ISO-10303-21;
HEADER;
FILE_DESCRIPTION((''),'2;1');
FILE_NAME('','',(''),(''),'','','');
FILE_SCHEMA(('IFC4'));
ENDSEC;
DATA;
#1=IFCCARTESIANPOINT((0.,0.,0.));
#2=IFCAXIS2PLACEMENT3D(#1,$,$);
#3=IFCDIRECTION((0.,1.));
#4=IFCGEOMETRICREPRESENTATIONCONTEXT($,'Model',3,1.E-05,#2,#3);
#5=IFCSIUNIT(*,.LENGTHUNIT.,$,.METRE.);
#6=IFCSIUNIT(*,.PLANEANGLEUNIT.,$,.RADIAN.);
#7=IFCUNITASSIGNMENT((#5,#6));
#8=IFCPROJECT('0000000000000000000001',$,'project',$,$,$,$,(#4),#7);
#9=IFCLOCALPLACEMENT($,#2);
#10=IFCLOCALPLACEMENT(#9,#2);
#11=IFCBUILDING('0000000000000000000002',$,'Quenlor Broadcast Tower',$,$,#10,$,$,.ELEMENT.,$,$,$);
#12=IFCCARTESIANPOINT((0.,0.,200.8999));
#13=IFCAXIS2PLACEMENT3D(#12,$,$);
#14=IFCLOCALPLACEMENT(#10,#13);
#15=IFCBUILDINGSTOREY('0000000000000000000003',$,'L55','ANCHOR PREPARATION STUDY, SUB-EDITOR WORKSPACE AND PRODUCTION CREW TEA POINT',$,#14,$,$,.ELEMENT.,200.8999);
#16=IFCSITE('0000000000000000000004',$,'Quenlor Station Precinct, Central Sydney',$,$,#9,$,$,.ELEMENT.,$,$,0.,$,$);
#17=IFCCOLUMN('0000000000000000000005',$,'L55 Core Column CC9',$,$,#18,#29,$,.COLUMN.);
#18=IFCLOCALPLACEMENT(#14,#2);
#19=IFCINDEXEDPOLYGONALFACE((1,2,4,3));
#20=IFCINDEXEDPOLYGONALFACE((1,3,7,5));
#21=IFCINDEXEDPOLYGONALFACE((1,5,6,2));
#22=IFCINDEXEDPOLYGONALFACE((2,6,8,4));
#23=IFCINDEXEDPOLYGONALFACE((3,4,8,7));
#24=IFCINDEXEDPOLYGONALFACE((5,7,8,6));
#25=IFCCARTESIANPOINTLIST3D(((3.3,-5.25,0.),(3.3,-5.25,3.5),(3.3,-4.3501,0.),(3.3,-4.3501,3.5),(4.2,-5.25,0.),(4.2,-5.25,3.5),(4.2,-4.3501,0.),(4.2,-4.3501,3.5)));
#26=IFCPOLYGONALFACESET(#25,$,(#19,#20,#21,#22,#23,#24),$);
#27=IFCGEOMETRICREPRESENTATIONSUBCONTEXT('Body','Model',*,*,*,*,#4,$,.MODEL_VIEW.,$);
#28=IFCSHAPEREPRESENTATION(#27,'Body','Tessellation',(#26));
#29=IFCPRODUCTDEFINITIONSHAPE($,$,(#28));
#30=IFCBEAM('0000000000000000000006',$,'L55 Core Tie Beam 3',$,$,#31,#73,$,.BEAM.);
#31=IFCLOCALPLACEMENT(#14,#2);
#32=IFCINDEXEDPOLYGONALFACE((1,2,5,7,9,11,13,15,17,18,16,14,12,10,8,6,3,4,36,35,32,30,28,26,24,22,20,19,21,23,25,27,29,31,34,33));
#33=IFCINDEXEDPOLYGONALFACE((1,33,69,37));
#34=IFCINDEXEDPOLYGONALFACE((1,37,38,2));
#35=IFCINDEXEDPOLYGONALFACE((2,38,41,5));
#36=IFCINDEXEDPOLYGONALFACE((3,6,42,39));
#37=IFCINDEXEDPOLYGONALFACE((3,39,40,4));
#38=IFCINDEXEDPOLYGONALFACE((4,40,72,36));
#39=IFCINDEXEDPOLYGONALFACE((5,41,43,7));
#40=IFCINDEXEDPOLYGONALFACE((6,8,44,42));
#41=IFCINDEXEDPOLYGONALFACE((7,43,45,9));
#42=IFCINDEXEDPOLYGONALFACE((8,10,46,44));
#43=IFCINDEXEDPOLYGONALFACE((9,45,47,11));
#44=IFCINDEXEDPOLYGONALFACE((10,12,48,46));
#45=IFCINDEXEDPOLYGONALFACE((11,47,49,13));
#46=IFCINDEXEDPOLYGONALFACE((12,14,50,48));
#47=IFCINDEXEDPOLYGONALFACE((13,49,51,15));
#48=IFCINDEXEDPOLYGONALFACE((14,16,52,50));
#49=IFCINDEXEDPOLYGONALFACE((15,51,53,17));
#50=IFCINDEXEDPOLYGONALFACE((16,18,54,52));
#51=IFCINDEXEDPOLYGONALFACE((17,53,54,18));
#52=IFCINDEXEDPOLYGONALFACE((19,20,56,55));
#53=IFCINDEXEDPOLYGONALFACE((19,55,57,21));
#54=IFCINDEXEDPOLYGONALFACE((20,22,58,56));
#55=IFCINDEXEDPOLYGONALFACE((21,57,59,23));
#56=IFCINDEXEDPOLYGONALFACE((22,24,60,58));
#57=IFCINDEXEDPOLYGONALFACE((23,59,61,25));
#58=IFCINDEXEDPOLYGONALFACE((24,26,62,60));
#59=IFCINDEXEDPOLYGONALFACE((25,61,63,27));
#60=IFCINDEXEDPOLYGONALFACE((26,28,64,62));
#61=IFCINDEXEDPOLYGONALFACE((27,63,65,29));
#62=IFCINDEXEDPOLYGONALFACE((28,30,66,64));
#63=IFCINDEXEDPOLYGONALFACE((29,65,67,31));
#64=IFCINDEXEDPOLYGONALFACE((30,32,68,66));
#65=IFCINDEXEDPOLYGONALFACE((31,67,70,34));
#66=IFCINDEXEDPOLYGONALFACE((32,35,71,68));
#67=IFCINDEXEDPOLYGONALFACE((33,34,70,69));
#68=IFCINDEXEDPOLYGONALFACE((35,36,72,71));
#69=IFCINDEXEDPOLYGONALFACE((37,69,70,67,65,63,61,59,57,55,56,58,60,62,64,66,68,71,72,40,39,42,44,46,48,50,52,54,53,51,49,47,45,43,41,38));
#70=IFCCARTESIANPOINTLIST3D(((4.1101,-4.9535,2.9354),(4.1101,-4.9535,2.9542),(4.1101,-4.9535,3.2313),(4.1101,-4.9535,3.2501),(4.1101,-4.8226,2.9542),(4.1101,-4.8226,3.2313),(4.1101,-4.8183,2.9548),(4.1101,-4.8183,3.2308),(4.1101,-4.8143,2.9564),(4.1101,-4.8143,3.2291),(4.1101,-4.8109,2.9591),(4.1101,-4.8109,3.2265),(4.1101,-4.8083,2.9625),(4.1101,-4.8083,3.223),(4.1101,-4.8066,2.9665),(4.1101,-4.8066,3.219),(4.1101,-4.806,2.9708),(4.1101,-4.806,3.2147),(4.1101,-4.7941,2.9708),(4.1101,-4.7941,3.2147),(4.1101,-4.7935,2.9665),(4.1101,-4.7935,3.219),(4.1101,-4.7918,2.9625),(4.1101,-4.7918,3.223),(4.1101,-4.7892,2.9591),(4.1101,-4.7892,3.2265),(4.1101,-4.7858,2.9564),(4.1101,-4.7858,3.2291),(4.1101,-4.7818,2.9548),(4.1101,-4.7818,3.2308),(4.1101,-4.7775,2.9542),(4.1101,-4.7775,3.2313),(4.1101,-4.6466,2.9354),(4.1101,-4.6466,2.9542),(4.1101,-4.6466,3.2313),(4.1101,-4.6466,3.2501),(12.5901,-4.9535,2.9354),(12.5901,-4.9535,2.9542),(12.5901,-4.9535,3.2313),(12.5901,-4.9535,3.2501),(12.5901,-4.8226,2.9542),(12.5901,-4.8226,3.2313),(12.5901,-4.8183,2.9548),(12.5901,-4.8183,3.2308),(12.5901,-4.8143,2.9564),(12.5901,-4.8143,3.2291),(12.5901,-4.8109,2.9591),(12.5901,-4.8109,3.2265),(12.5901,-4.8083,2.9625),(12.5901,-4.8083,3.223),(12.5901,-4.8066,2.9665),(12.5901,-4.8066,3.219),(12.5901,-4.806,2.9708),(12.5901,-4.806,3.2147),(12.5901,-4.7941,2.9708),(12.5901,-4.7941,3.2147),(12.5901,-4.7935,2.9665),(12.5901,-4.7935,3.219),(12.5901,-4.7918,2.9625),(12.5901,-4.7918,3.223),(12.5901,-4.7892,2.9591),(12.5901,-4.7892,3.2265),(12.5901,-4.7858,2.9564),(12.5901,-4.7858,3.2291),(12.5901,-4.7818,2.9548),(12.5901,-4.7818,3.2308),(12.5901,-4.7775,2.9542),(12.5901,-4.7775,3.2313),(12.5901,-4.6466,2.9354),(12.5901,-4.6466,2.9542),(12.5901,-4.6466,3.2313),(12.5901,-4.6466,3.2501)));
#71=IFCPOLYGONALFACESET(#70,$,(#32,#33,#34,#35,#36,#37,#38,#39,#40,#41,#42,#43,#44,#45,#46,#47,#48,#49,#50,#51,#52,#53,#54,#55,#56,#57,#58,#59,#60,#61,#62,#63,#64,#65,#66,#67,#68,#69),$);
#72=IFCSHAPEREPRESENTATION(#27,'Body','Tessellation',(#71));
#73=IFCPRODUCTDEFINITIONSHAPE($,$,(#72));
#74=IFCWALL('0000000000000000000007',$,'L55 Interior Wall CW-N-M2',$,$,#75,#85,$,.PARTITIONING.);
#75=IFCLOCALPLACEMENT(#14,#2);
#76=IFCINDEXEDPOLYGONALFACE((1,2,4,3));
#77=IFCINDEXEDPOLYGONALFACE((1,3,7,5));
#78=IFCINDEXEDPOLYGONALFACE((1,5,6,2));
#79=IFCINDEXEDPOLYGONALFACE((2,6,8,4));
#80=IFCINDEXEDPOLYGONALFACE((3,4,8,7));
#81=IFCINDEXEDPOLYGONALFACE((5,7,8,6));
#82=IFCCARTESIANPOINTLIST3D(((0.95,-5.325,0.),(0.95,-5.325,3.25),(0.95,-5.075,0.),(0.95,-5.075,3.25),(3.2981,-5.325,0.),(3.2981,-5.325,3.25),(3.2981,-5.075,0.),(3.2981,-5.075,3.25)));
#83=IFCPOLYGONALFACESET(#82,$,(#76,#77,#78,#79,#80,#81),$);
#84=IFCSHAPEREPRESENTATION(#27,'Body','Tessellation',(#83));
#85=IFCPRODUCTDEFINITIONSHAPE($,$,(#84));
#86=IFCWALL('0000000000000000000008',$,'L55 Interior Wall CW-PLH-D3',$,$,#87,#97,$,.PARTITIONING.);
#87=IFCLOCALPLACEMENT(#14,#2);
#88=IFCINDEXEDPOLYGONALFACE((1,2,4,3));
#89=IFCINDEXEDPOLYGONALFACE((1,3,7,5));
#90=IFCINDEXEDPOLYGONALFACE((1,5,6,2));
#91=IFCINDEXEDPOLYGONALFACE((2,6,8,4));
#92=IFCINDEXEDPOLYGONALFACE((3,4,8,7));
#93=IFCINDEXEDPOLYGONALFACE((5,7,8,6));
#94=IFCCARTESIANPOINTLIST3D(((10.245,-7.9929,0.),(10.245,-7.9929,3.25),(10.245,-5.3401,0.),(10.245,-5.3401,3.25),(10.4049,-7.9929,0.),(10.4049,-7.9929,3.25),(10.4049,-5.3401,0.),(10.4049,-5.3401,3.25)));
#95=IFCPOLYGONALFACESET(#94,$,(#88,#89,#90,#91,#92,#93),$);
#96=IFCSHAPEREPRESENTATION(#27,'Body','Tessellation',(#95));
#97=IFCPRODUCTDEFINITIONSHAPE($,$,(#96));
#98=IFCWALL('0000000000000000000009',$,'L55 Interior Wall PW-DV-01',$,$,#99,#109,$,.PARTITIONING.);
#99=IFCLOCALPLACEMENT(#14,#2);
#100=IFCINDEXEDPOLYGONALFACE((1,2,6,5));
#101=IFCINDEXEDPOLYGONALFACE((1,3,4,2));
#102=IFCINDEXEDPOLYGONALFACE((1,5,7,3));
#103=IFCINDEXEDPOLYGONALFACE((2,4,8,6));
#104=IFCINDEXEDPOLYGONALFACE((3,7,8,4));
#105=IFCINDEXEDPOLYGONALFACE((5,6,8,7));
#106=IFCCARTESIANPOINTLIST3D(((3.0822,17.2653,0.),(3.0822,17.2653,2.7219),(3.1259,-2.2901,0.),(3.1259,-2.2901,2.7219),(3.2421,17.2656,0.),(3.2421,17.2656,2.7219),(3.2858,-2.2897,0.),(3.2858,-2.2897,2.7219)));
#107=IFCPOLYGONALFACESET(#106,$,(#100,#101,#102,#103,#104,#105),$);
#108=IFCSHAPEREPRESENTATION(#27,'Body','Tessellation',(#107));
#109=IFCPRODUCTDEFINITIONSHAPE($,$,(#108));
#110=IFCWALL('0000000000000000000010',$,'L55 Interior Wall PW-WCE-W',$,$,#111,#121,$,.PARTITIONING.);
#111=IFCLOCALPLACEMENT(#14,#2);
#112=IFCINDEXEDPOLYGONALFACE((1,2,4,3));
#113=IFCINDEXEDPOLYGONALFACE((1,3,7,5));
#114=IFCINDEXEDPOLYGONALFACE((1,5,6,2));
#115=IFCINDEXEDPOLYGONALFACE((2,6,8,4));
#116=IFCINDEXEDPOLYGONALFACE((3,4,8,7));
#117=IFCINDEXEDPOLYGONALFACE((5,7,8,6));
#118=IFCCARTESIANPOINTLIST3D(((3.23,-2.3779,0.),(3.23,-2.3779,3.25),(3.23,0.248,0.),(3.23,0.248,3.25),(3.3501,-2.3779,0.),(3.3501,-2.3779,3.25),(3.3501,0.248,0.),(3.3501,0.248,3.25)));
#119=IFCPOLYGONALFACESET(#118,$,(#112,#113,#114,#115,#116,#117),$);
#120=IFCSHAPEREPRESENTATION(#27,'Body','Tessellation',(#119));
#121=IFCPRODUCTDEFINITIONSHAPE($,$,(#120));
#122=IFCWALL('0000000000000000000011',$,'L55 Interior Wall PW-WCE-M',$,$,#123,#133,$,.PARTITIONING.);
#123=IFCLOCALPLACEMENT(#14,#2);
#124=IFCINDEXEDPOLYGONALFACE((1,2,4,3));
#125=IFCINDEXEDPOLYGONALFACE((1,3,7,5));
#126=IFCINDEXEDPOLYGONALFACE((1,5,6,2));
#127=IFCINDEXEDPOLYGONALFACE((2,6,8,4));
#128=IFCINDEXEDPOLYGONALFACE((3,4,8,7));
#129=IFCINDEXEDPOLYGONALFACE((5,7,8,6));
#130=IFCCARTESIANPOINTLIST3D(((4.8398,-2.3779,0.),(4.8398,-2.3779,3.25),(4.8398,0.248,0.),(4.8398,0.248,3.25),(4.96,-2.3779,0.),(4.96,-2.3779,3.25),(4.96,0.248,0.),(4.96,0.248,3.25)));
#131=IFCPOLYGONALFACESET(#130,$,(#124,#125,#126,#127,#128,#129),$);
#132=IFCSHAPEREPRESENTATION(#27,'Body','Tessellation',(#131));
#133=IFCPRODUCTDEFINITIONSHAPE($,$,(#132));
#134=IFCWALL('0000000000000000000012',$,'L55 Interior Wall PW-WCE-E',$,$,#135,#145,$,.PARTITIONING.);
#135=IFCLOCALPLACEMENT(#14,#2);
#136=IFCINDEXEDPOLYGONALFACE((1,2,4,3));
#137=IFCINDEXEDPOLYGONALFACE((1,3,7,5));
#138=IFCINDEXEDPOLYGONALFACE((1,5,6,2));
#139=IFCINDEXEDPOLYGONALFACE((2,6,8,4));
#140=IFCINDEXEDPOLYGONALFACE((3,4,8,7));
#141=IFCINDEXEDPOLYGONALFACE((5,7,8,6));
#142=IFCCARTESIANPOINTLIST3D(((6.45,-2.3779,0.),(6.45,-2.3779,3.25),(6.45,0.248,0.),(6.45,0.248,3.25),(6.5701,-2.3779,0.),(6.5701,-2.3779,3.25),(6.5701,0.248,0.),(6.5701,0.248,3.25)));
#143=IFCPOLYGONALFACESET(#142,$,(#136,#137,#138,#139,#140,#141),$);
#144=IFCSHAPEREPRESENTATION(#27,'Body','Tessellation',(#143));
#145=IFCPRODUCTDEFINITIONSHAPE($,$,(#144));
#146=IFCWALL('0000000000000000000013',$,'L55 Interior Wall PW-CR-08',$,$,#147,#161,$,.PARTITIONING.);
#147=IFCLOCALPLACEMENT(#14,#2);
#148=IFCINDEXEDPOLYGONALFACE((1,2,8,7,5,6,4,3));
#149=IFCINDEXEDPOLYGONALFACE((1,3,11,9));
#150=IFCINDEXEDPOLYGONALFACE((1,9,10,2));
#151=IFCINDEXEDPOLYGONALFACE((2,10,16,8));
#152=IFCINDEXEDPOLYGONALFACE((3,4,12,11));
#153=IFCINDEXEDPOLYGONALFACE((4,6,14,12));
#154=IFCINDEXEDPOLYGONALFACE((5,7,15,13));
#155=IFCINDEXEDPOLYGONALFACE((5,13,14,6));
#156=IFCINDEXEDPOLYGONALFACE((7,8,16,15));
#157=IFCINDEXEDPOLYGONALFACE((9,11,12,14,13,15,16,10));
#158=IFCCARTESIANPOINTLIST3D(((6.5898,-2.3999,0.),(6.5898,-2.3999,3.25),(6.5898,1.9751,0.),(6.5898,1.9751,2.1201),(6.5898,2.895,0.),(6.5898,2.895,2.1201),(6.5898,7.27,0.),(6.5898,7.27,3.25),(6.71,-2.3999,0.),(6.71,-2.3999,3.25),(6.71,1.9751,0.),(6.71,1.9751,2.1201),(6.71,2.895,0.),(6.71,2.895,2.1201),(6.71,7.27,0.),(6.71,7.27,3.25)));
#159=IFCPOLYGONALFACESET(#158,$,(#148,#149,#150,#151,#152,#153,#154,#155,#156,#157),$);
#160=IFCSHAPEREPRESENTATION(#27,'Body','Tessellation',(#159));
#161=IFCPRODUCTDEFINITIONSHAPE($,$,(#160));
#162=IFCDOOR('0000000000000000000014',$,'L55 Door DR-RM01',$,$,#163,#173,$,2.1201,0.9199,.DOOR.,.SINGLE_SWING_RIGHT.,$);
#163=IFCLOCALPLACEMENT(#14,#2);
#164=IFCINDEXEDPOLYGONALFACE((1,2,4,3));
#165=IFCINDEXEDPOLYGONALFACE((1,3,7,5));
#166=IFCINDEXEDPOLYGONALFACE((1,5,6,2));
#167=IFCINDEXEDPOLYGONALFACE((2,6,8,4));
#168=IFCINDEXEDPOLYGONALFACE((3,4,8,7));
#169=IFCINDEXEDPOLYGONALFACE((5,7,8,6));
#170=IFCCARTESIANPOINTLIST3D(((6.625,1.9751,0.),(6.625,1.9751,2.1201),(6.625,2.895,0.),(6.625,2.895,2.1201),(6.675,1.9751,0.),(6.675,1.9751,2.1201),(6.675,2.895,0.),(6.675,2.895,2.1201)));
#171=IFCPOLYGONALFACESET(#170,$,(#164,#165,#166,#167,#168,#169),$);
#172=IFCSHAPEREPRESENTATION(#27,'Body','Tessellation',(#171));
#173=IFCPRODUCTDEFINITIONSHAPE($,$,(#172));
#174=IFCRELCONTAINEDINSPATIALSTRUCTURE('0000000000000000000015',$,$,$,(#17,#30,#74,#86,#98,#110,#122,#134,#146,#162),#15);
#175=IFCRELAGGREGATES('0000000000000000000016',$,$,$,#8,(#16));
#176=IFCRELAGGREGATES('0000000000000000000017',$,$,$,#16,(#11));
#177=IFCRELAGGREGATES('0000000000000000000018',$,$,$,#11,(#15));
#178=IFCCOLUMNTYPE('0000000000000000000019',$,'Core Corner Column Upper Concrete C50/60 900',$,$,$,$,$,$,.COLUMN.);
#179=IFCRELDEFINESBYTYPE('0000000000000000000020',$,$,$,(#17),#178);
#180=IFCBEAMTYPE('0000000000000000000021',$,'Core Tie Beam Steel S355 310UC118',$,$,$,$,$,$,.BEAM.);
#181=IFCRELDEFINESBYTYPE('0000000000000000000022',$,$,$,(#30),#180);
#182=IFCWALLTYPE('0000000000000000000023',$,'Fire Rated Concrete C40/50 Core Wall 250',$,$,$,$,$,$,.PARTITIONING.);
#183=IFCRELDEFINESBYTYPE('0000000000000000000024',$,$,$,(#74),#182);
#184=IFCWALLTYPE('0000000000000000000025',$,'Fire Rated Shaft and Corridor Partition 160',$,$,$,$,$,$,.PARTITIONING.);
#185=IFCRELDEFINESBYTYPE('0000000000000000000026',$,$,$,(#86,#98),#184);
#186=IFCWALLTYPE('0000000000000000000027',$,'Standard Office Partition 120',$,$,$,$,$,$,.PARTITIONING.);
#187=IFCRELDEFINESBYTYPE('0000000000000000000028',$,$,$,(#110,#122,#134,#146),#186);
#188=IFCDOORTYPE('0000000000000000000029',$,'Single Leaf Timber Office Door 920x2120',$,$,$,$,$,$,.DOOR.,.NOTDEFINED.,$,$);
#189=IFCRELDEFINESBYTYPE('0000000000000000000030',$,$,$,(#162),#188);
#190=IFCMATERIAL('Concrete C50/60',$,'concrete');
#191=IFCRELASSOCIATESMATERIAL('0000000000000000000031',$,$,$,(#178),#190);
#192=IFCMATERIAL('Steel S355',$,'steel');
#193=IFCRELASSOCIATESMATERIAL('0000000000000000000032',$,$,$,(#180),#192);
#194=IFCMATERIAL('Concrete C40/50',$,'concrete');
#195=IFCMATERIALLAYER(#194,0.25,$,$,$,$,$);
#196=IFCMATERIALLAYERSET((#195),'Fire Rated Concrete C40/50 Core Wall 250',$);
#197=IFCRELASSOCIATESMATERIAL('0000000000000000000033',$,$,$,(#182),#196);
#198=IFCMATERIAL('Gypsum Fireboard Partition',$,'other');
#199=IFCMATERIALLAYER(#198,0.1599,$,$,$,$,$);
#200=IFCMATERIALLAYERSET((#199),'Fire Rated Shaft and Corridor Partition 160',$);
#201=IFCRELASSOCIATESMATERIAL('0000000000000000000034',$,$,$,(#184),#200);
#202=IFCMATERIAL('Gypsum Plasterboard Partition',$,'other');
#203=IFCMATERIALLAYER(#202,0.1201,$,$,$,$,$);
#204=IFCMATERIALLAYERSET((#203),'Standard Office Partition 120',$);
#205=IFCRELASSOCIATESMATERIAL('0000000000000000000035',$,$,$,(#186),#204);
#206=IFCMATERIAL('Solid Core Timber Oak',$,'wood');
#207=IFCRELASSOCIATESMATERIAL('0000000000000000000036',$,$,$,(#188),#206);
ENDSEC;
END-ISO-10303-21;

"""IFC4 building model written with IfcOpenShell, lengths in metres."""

from ifc_helpers import new_model, si_unit, direction, frame, frame_2d, origin, origin_2d, place, context, subcontext, project, spatial, rectangle, i_section, extrude, material, layer, layer_set, material_profile, profile_set, type_object, element, fill, save


model = new_model("IFC4")

# Units and contexts
model_context = context("Model", 3, precision=1e-05, world=origin(), true_north=direction((0.0, 1.0)))
body_context = subcontext(model_context, "Body", "Model", "MODEL_VIEW")
ifc_project = project(units=[si_unit("LENGTHUNIT", "METRE"), si_unit("PLANEANGLEUNIT", "RADIAN")], contexts=[model_context])

# Site, building, storey
site_placement = place(None, origin())
site = spatial("IfcSite", under=ifc_project, at=site_placement, Name="Quenlor Station Precinct, Central Sydney", CompositionType="ELEMENT", RefElevation=0.0)
building_placement = place(site_placement, origin())
building = spatial("IfcBuilding", under=site, at=building_placement, Name="Quenlor Broadcast Tower", CompositionType="ELEMENT")
storey_placement = place(building_placement, frame((0.0, 0.0, 200.8999)))
storey = spatial("IfcBuildingStorey", under=building, at=storey_placement, Name="L55", Description="ANCHOR PREPARATION STUDY, SUB-EDITOR WORKSPACE AND PRODUCTION CREW TEA POINT", CompositionType="ELEMENT", Elevation=200.8999)

# Column
ifc_material_1 = material(Name="Concrete C50/60", Category="concrete")
ifc_material_profile_1 = material_profile(ifc_material_1, rectangle(XDim=0.8999, YDim=0.8999, at=origin_2d()))
ifc_profile_set_1 = profile_set([ifc_material_profile_1], Name="Concrete C50/60 RC900x900")
column_type = type_object("IfcColumnType", Name="Core Corner Column Upper Concrete C50/60 900", PredefinedType="COLUMN", material=ifc_profile_set_1)
column_placement = place(storey_placement, frame((3.75, -4.8, 0.0), z_axis=(0.0, 0.0, 1.0), x_axis=(1.0, 0.0, 0.0)))
element("IfcColumn", 1, at=column_placement, inside=storey, type_object=column_type, Name="L55 Core Column CC9", PredefinedType="COLUMN", context=body_context, shape_type="SweptSolid", body=[
    extrude(rectangle(XDim=0.8999, YDim=0.8999, at=origin_2d()), origin(), (0.0, 0.0, 1.0), 3.5),
])

# Beam
ifc_material_2 = material(Name="Steel S355", Category="steel")
ifc_material_profile_2 = material_profile(ifc_material_2, i_section(OverallWidth=0.3069, OverallDepth=0.3147, WebThickness=0.012, FlangeThickness=0.0188, FilletRadius=0.0166, at=origin_2d()))
ifc_profile_set_2 = profile_set([ifc_material_profile_2], Name="Steel S355 310UC118")
beam_type = type_object("IfcBeamType", Name="Core Tie Beam Steel S355 310UC118", PredefinedType="BEAM", material=ifc_profile_set_2)
beam_placement = place(storey_placement, frame((4.1101, -4.8, 3.0928), z_axis=(1.0, 0.0, 0.0), x_axis=(0.0, 1.0, 0.0)))
element("IfcBeam", 2, at=beam_placement, inside=storey, type_object=beam_type, Name="L55 Core Tie Beam 3", PredefinedType="BEAM", context=body_context, shape_type="SweptSolid", body=[
    extrude(i_section(OverallWidth=0.3069, OverallDepth=0.3147, WebThickness=0.012, FlangeThickness=0.0188, FilletRadius=0.0166, at=origin_2d()), origin(), (0.0, 0.0, 1.0), 8.48),
])

# Shared definitions
ifc_material_3 = material(Name="Concrete C40/50", Category="concrete")
ifc_layer_1 = layer(ifc_material_3, 0.25)
ifc_layer_set_1 = layer_set([ifc_layer_1], Name="Fire Rated Concrete C40/50 Core Wall 250")
wall_type_1 = type_object("IfcWallType", Name="Fire Rated Concrete C40/50 Core Wall 250", PredefinedType="PARTITIONING", material=ifc_layer_set_1)

# Walls
wall_1_placement = place(storey_placement, frame((0.95, -5.2, 0.0), z_axis=(0.0, 0.0, 1.0), x_axis=(1.0, 0.0, 0.0)))
element("IfcWall", 3, at=wall_1_placement, inside=storey, type_object=wall_type_1, Name="L55 Interior Wall CW-N-M2", PredefinedType="PARTITIONING", context=body_context, shape_type="SweptSolid", body=[
    extrude(rectangle(XDim=2.3481, YDim=0.25, at=frame_2d((1.1741, 0.0))), origin(), (0.0, 0.0, 1.0), 3.25),
])
ifc_material_4 = material(Name="Gypsum Fireboard Partition", Category="other")
ifc_layer_2 = layer(ifc_material_4, 0.1599)
ifc_layer_set_2 = layer_set([ifc_layer_2], Name="Fire Rated Shaft and Corridor Partition 160")
wall_type_2 = type_object("IfcWallType", Name="Fire Rated Shaft and Corridor Partition 160", PredefinedType="PARTITIONING", material=ifc_layer_set_2)
wall_2_placement = place(storey_placement, frame((10.325, -7.9929, 0.0), z_axis=(0.0, 0.0, 1.0), x_axis=(0.0, 1.0, 0.0)))
element("IfcWall", 4, at=wall_2_placement, inside=storey, type_object=wall_type_2, Name="L55 Interior Wall CW-PLH-D3", PredefinedType="PARTITIONING", context=body_context, shape_type="SweptSolid", body=[
    extrude(rectangle(XDim=2.6528, YDim=0.1599, at=frame_2d((1.3264, 0.0))), origin(), (0.0, 0.0, 1.0), 3.25),
])
wall_3_placement = place(storey_placement, frame((3.2058, -2.29, 0.0), z_axis=(0.0, 0.0, 1.0), x_axis=(-0.002235, 0.999998, 0.0)))
element("IfcWall", 5, at=wall_3_placement, inside=storey, type_object=wall_type_2, Name="L55 Interior Wall PW-DV-01", PredefinedType="PARTITIONING", context=body_context, shape_type="SweptSolid", body=[
    extrude(rectangle(XDim=19.5554, YDim=0.1599, at=frame_2d((9.7778, 0.0))), origin(), (0.0, 0.0, 1.0), 2.7219),
])

# Shared definitions
ifc_material_5 = material(Name="Gypsum Plasterboard Partition", Category="other")
ifc_layer_3 = layer(ifc_material_5, 0.1201)
ifc_layer_set_3 = layer_set([ifc_layer_3], Name="Standard Office Partition 120")
wall_type_3 = type_object("IfcWallType", Name="Standard Office Partition 120", PredefinedType="PARTITIONING", material=ifc_layer_set_3)

# Walls
for number, where, z_axis, x_axis, name in (
    (6, (3.29, -2.3779, 0.0), (0.0, 0.0, 1.0), (0.0, 1.0, 0.0), "L55 Interior Wall PW-WCE-W"),
    (7, (4.8999, -2.3779, 0.0), (0.0, 0.0, 1.0), (0.0, 1.0, 0.0), "L55 Interior Wall PW-WCE-M"),
    (8, (6.51, -2.3779, 0.0), (0.0, 0.0, 1.0), (0.0, 1.0, 0.0), "L55 Interior Wall PW-WCE-E"),
):
    element("IfcWall", number, at=place(storey_placement, frame(where, z_axis=z_axis, x_axis=x_axis)), inside=storey, type_object=wall_type_3, Name=name, PredefinedType="PARTITIONING", context=body_context, shape_type="SweptSolid", body=[
        extrude(rectangle(XDim=2.626, YDim=0.1201, at=frame_2d((1.313, 0.0))), origin(), (0.0, 0.0, 1.0), 3.25),
    ])

# Wall, opening, door
wall_4_placement = place(storey_placement, frame((6.6499, -2.3999, 0.0), z_axis=(0.0, 0.0, 1.0), x_axis=(0.0, 1.0, 0.0)))
wall_4 = element("IfcWall", 9, at=wall_4_placement, inside=storey, type_object=wall_type_3, Name="L55 Interior Wall PW-CR-08", PredefinedType="PARTITIONING", context=body_context, shape_type="SweptSolid", body=[
    extrude(rectangle(XDim=9.6699, YDim=0.1201, at=frame_2d((4.835, 0.0))), origin(), (0.0, 0.0, 1.0), 3.25),
])
opening_1_placement = place(wall_4_placement, frame((4.375, 0.0, 0.0)))
opening_1 = element("IfcOpeningElement", 10, at=opening_1_placement, cuts=wall_4, PredefinedType="OPENING", context=body_context, shape_type="SweptSolid", body=[
    extrude(rectangle(XDim=0.9199, YDim=2.1201, at=frame_2d((0.46, 1.0601))), frame((0.0, 0.0701, 0.0), z_axis=(0.0, -1.0, 0.0), x_axis=(1.0, 0.0, 0.0)), (0.0, 0.0, 1.0), 0.1401),
])
ifc_material_6 = material(Name="Solid Core Timber Oak", Category="wood")
door_type_1 = type_object("IfcDoorType", Name="Single Leaf Timber Office Door 920x2120", OperationType="NOTDEFINED", PredefinedType="DOOR", material=ifc_material_6)
door_1_placement = place(opening_1_placement, origin())
door_1 = element("IfcDoor", 11, at=door_1_placement, inside=storey, type_object=door_type_1, Name="L55 Door DR-RM01", OperationType="SINGLE_SWING_RIGHT", OverallHeight=2.1201, OverallWidth=0.9199, PredefinedType="DOOR", context=body_context, shape_type="SweptSolid", body=[
    extrude(rectangle(XDim=0.9199, YDim=2.1201, at=frame_2d((0.46, 1.0601))), frame((0.0, 0.0249, 0.0), z_axis=(0.0, -1.0, 0.0), x_axis=(1.0, 0.0, 0.0)), (0.0, 0.0, 1.0), 0.05),
])
fill(opening_1, door_1)

save(model, "model.ifc")
